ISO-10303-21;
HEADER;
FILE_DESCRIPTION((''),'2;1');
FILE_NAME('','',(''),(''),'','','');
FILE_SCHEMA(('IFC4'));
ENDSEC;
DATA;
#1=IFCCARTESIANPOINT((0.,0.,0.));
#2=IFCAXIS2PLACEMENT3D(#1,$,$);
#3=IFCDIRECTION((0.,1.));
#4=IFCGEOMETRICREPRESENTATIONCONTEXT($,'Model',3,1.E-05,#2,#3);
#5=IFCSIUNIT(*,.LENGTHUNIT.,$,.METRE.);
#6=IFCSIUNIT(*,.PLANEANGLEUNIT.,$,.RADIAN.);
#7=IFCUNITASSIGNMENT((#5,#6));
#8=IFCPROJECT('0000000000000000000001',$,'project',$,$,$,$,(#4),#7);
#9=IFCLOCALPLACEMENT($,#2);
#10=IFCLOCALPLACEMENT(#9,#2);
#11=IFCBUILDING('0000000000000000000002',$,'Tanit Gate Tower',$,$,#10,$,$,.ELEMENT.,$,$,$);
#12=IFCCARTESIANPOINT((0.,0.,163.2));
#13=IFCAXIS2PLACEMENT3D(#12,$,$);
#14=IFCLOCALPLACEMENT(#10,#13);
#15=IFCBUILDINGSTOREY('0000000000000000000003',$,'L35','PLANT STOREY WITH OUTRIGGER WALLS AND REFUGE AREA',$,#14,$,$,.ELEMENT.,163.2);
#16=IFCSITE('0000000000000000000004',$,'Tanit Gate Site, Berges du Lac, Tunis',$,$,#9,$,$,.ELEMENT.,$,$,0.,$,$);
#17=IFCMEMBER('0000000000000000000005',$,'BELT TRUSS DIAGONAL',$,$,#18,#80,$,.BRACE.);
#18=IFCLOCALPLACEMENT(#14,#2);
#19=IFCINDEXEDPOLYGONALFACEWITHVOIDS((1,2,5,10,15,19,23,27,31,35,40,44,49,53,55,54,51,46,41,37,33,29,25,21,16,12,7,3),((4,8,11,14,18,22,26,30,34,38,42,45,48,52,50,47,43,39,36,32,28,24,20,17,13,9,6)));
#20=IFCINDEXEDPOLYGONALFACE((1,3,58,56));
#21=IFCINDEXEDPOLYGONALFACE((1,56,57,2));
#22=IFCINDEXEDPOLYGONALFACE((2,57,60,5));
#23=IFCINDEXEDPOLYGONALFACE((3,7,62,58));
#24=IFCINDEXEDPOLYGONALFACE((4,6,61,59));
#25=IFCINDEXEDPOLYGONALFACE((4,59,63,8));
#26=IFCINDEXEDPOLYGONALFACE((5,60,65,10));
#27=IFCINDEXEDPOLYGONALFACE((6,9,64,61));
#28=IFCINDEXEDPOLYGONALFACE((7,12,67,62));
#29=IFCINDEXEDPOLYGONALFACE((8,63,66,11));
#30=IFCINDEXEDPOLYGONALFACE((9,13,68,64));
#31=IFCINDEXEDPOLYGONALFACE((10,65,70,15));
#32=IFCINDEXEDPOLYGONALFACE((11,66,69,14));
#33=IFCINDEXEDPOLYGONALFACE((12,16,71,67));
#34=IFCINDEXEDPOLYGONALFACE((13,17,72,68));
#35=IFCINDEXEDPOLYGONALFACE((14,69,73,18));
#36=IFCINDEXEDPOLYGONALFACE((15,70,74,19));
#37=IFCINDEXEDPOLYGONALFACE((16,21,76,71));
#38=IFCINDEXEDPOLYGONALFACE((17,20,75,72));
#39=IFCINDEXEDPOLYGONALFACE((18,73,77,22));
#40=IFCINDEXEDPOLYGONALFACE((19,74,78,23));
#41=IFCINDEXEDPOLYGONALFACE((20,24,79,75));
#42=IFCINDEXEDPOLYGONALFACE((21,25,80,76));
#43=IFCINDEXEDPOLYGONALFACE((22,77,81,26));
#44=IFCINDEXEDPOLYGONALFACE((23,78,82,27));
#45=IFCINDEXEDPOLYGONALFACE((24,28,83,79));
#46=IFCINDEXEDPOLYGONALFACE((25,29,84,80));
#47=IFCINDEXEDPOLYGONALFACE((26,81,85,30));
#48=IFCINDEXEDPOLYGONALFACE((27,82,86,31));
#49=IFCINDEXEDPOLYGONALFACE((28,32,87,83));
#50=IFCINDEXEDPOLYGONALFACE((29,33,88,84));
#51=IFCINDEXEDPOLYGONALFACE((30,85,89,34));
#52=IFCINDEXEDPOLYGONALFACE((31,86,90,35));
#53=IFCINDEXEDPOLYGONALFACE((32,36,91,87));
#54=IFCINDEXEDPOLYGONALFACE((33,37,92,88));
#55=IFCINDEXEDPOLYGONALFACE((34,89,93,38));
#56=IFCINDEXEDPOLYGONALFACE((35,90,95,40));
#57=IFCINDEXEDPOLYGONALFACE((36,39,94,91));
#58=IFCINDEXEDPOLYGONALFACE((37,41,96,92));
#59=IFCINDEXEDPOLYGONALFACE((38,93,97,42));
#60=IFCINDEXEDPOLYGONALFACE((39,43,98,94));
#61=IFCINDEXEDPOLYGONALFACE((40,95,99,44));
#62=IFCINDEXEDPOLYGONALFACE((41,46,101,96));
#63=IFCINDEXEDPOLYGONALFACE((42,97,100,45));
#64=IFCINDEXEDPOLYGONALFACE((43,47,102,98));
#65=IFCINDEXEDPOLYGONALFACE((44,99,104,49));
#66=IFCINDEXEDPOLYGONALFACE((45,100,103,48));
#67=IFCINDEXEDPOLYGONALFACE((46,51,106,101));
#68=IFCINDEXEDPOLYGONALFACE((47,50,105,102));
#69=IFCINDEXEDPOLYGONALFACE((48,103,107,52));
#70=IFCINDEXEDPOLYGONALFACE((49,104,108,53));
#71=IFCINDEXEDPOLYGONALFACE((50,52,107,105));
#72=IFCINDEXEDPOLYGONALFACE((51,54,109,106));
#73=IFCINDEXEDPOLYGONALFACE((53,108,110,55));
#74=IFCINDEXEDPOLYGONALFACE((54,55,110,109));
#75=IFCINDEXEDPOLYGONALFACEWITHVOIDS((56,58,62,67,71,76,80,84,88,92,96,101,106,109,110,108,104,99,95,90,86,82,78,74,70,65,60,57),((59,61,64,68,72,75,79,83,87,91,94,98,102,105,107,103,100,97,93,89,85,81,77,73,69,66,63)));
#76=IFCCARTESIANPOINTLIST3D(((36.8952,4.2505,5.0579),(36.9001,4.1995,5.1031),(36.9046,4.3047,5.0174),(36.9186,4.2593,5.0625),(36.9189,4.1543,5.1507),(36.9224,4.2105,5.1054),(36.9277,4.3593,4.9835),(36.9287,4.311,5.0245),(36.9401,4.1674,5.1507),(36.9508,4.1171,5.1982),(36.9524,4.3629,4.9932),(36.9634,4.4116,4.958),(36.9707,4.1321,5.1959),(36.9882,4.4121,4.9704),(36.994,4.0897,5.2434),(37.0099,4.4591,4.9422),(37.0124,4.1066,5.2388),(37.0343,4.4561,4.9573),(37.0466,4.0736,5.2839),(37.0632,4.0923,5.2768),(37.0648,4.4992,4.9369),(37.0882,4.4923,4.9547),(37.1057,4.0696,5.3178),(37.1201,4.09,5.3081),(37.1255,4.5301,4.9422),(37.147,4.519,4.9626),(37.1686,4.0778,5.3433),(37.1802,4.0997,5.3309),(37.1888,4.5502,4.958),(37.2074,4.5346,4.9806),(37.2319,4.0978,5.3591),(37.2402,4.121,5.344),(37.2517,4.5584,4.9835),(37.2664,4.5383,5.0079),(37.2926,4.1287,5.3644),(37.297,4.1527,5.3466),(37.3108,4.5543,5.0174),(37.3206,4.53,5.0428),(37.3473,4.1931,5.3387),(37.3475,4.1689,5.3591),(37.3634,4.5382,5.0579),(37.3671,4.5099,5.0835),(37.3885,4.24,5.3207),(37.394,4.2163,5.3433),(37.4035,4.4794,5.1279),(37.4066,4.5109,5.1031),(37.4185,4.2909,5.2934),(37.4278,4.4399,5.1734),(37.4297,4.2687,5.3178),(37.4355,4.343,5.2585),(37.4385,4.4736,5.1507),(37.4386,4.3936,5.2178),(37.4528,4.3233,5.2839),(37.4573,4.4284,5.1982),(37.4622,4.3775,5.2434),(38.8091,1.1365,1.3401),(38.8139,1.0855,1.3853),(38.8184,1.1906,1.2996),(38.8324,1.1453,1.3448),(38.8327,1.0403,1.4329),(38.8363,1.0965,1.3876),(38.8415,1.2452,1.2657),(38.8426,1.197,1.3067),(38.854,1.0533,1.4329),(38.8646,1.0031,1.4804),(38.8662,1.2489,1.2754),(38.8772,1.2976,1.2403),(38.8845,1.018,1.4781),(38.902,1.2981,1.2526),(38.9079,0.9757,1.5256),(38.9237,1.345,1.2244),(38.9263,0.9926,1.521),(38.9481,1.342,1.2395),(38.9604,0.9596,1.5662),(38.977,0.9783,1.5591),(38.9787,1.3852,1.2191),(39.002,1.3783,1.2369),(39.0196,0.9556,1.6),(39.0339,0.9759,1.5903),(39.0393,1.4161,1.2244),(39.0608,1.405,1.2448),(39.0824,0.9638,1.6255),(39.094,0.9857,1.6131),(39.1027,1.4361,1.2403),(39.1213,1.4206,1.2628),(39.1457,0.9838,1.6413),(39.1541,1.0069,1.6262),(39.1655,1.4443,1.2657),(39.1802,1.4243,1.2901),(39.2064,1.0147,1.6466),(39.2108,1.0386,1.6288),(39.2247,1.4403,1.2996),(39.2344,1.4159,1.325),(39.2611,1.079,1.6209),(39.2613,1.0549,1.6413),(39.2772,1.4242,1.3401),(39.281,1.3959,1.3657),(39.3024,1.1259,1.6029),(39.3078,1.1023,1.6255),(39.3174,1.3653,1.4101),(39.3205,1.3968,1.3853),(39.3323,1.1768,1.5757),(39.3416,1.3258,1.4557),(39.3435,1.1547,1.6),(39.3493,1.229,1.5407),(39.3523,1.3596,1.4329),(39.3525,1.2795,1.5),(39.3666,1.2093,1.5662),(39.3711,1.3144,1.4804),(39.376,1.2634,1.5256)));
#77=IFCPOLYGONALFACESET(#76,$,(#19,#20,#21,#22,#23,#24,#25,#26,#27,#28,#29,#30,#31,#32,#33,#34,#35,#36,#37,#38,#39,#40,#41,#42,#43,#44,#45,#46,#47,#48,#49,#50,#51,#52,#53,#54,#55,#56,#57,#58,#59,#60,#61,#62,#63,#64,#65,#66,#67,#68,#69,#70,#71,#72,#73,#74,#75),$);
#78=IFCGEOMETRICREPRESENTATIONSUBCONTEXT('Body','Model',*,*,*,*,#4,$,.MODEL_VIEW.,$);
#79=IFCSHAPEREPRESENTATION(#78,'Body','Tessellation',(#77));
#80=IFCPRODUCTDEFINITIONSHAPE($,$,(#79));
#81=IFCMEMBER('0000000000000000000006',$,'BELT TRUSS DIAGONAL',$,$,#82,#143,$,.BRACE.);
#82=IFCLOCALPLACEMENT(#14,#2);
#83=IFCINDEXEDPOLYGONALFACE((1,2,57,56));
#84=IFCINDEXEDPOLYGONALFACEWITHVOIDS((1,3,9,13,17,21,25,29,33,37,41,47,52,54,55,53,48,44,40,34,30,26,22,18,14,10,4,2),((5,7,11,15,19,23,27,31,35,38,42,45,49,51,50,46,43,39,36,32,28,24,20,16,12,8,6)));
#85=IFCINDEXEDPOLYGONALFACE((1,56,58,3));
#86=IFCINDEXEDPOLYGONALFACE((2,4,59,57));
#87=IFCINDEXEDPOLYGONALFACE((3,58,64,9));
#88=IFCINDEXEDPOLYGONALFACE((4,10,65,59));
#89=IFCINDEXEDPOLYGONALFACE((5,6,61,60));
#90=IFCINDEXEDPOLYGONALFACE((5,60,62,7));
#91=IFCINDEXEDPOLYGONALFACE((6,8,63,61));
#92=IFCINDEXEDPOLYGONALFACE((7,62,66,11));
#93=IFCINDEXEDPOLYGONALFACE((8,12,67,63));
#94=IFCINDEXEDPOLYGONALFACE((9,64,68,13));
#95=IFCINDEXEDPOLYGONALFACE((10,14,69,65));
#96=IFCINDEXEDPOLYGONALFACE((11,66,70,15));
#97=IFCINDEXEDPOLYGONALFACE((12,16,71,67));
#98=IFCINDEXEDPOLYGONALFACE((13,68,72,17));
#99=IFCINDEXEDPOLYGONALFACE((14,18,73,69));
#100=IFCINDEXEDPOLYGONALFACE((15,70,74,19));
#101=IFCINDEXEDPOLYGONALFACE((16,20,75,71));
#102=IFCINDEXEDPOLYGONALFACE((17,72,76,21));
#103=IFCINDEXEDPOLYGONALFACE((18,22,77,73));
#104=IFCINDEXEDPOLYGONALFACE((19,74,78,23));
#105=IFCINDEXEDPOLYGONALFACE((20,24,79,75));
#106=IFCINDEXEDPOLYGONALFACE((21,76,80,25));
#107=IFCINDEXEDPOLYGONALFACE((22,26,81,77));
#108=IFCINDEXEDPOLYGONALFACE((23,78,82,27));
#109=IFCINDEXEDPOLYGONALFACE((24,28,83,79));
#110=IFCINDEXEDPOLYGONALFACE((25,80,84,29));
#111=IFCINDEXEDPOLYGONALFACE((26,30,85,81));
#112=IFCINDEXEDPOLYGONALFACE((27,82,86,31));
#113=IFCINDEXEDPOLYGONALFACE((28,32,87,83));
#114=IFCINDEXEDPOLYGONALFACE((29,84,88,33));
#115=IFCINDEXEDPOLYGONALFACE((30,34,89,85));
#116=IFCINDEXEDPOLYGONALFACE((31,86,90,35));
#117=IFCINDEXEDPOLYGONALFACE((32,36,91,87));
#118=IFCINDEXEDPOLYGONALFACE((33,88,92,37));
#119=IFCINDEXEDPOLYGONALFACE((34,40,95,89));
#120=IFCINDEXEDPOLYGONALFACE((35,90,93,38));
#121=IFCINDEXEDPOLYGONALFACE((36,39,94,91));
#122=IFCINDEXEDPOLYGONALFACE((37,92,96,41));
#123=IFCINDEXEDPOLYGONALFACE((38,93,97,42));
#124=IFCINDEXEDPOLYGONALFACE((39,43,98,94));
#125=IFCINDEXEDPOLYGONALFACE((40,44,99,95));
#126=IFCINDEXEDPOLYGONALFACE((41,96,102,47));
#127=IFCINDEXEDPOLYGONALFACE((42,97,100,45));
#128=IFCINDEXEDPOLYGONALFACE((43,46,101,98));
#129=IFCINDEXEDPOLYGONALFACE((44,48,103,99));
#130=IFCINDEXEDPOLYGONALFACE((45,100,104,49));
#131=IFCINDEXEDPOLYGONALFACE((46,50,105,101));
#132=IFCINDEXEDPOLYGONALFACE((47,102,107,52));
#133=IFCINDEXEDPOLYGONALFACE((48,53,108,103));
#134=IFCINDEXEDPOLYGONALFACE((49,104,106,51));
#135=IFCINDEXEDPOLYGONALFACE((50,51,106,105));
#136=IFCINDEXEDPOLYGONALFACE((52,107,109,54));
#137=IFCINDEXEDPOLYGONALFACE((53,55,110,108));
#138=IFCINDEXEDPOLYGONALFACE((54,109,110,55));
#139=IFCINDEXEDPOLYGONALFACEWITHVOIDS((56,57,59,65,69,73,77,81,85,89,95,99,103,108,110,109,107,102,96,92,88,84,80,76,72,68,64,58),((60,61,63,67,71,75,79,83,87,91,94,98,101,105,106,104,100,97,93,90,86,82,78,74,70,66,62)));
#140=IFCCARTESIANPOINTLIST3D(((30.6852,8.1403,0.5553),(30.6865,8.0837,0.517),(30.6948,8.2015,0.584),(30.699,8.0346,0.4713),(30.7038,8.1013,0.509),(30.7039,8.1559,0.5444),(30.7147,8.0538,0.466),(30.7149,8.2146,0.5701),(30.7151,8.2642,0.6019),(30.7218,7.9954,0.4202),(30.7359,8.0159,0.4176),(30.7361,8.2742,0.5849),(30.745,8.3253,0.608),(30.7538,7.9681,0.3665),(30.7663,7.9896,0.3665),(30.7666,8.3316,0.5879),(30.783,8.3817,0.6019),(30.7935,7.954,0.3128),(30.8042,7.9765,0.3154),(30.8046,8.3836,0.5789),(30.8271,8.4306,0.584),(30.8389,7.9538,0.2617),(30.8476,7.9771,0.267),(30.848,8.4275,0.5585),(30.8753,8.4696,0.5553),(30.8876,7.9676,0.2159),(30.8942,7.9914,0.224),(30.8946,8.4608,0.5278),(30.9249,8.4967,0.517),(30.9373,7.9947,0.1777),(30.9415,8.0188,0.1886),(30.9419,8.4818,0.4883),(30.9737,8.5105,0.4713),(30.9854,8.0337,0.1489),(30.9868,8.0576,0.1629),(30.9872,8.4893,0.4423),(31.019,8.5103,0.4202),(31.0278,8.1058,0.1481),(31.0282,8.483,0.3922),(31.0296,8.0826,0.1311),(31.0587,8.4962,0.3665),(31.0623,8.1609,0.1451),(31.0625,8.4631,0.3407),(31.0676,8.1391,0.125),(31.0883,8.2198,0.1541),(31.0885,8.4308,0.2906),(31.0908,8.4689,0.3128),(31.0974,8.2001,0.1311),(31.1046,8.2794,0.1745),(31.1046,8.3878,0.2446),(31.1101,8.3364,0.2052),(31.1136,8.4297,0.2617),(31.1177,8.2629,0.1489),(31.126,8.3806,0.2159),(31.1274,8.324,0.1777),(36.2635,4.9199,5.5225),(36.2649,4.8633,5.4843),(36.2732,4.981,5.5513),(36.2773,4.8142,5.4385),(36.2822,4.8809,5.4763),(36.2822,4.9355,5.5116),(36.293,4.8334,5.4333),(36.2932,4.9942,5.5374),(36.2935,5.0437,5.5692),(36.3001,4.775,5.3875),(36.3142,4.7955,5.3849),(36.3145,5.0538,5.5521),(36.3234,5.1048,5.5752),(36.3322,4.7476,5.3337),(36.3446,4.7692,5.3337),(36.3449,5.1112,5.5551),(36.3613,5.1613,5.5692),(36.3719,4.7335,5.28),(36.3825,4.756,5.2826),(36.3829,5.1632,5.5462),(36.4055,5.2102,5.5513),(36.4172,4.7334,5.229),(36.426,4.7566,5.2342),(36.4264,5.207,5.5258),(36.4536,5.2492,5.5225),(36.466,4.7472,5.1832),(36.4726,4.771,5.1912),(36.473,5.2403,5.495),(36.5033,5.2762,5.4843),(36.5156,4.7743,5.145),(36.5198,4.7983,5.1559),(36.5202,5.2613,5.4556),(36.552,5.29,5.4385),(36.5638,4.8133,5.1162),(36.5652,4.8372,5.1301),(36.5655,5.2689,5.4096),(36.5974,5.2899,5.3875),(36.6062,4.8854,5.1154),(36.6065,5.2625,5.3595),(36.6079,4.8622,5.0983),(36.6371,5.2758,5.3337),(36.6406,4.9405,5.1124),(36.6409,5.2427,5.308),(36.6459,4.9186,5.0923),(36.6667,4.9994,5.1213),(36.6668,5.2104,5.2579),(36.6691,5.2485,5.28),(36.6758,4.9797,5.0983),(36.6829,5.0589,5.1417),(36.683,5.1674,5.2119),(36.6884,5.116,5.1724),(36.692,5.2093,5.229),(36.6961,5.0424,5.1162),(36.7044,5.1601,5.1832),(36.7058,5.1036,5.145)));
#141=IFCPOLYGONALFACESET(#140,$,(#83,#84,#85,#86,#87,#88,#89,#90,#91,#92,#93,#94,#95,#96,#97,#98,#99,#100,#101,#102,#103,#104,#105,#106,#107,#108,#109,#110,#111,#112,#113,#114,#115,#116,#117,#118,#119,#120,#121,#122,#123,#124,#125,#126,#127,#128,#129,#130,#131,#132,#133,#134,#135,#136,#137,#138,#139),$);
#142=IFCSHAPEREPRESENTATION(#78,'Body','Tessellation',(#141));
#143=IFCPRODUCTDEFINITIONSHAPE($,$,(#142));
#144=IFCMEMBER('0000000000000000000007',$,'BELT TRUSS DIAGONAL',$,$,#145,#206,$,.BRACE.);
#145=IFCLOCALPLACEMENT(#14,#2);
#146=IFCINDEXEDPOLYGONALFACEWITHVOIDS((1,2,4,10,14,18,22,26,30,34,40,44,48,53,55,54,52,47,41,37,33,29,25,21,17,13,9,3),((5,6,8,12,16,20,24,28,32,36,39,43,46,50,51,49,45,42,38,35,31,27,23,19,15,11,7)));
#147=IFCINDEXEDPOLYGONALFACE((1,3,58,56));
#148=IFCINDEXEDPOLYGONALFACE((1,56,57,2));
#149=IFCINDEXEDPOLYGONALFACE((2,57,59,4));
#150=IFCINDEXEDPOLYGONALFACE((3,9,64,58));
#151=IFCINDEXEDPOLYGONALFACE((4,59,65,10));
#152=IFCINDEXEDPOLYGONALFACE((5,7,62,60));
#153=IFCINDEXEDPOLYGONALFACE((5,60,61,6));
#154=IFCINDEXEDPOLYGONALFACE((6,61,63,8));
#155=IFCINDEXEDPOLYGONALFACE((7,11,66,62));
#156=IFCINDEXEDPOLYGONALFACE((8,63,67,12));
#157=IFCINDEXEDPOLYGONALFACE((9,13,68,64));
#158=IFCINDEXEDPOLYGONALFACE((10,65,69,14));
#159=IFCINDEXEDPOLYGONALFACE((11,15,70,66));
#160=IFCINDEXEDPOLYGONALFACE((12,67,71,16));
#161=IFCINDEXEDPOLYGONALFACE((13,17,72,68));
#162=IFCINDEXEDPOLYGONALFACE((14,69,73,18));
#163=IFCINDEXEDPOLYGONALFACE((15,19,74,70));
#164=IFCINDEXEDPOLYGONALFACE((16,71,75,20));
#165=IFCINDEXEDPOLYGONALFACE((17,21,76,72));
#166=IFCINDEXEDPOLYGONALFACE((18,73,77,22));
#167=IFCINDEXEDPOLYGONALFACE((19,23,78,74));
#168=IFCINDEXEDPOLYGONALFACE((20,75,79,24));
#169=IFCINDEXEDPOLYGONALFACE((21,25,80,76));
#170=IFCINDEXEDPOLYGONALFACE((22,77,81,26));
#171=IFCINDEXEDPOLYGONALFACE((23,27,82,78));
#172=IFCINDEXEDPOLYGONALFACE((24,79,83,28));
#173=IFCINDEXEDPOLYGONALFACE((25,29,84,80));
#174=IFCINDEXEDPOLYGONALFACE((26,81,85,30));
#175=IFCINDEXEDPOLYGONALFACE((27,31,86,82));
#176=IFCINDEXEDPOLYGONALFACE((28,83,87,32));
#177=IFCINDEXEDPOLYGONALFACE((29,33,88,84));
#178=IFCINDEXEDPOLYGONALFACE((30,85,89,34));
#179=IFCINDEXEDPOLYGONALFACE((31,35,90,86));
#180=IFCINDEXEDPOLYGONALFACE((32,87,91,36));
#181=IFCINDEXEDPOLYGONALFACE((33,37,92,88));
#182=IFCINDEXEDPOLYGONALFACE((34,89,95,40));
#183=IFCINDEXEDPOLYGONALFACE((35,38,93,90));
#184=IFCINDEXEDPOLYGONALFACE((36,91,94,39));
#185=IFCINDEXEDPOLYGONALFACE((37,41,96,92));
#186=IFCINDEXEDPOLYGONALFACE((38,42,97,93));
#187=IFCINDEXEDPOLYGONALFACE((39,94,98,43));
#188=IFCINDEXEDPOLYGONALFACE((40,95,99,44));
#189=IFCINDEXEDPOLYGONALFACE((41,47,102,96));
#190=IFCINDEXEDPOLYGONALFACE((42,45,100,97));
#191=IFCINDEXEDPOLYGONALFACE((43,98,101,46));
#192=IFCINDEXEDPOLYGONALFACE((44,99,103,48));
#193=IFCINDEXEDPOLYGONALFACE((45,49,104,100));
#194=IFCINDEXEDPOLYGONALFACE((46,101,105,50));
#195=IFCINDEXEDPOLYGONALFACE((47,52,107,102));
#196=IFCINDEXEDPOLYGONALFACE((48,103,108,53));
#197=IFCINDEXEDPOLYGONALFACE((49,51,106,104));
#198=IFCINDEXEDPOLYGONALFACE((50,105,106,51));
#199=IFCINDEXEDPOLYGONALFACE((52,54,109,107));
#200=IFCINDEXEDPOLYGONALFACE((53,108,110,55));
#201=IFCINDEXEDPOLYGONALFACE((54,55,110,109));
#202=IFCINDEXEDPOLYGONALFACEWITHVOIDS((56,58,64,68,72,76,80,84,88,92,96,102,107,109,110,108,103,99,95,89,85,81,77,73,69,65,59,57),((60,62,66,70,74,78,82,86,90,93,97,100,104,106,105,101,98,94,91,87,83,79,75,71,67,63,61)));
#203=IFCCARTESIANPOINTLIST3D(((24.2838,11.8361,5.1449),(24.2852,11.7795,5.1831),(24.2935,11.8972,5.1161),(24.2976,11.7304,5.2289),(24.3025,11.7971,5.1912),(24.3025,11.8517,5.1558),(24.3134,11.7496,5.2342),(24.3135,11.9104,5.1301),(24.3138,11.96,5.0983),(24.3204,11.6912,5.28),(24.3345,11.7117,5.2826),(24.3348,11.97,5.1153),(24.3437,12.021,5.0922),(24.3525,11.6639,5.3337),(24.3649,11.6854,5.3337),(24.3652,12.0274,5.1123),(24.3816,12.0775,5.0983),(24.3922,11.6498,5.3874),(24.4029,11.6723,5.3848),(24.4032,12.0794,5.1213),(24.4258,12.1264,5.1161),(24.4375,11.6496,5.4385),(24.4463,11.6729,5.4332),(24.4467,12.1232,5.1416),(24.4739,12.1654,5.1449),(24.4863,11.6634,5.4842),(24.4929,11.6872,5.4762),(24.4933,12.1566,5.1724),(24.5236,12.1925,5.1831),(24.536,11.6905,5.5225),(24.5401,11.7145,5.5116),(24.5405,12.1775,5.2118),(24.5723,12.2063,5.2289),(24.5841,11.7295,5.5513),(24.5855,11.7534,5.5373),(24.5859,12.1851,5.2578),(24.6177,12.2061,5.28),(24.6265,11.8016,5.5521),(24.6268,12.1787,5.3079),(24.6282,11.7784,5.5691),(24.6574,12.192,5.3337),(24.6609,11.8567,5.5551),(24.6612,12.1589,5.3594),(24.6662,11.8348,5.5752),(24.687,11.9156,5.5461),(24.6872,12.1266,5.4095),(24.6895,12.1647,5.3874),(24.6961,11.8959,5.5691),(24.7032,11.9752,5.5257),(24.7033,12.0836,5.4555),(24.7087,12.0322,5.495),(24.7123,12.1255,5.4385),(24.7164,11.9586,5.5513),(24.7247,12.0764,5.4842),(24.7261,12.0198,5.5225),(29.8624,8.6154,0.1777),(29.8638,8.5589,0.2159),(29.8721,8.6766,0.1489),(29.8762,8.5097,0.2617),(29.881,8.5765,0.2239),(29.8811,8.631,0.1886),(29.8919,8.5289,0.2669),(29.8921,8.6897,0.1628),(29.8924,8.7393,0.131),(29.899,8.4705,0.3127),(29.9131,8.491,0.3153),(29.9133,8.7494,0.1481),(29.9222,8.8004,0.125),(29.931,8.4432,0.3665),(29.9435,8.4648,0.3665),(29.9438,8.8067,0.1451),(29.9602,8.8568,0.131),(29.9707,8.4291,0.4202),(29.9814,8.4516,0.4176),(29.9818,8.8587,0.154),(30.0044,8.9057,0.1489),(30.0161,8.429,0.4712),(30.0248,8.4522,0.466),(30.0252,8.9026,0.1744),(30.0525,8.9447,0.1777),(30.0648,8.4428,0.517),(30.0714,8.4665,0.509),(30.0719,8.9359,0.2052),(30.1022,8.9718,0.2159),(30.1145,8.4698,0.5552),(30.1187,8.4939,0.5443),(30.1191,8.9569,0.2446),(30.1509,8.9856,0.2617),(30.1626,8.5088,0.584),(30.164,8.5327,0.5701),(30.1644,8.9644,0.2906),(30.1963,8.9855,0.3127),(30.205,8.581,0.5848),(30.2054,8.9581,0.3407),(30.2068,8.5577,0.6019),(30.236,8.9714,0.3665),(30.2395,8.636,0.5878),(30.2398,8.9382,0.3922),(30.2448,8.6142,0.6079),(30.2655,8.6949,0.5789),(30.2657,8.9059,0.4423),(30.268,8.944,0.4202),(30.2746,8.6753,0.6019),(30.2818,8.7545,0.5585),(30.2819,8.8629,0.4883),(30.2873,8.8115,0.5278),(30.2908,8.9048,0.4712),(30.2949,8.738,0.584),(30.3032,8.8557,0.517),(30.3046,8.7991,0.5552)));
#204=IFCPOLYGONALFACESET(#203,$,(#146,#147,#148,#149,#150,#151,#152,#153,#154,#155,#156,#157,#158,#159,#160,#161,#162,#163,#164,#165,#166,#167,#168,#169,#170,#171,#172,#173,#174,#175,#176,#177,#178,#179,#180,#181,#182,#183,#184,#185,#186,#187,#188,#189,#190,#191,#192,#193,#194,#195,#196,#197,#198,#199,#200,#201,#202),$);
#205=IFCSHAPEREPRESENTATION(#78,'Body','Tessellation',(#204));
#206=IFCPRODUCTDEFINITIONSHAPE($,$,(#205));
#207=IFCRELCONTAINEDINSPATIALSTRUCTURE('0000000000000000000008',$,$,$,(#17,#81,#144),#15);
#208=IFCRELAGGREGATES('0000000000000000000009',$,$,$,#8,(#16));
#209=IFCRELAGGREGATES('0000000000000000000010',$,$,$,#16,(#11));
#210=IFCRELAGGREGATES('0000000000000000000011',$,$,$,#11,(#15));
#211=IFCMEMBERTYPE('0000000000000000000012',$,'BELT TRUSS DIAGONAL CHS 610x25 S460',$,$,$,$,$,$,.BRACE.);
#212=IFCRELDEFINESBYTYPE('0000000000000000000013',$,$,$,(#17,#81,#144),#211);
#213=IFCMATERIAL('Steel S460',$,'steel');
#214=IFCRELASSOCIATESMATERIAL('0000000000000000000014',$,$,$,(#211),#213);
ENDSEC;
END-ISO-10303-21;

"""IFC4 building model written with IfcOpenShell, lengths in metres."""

from ifc_helpers import new_model, si_unit, direction, frame, origin, origin_2d, place, context, subcontext, project, spatial, hollow_circle, extrude, material, material_profile, profile_set, type_object, element, save


model = new_model("IFC4")

# Units and contexts
model_context = context("Model", 3, precision=1e-05, world=origin(), true_north=direction((0.0, 1.0)))
body_context = subcontext(model_context, "Body", "Model", "MODEL_VIEW")
ifc_project = project(units=[si_unit("LENGTHUNIT", "METRE"), si_unit("PLANEANGLEUNIT", "RADIAN")], contexts=[model_context])

# Site, building, storey
site_placement = place(None, origin())
site = spatial("IfcSite", under=ifc_project, at=site_placement, Name="Tanit Gate Site, Berges du Lac, Tunis", CompositionType="ELEMENT", RefElevation=0.0)
building_placement = place(site_placement, origin())
building = spatial("IfcBuilding", under=site, at=building_placement, Name="Tanit Gate Tower", CompositionType="ELEMENT")
storey_placement = place(building_placement, frame((0.0, 0.0, 163.2)))
storey = spatial("IfcBuildingStorey", under=building, at=storey_placement, Name="L35", Description="PLANT STOREY WITH OUTRIGGER WALLS AND REFUGE AREA", CompositionType="ELEMENT", Elevation=163.2)

# Members
ifc_material_1 = material(Name="Steel S460", Category="steel")
ifc_material_profile_1 = material_profile(ifc_material_1, hollow_circle(Radius=0.3049, WallThickness=0.0249, at=origin_2d()), Name="CHS 610x25")
ifc_profile_set_1 = profile_set([ifc_material_profile_1], Name="Steel S460")
member_type = type_object("IfcMemberType", Name="BELT TRUSS DIAGONAL CHS 610x25 S460", PredefinedType="BRACE", material=ifc_profile_set_1)
member_1_placement = place(storey_placement, frame((39.0925, 1.2, 1.4329), z_axis=(-0.367082, 0.597287, 0.713091), x_axis=(-0.851963, -0.523602, 0.0)))
element("IfcMember", 1, at=member_1_placement, inside=storey, type_object=member_type, Name="BELT TRUSS DIAGONAL", PredefinedType="BRACE", context=body_context, shape_type="SweptSolid", body=[
    extrude(hollow_circle(Radius=0.3049, WallThickness=0.0249, at=origin_2d()), origin(), (0.0, 0.0, 1.0), 5.2136),
])
member_2_placement = place(storey_placement, frame((36.4846, 5.0117, 5.3337), z_axis=(-0.685801, 0.395921, -0.610675), x_axis=(-0.499975, -0.86604, 0.0)))
element("IfcMember", 2, at=member_2_placement, inside=storey, type_object=member_type, Name="BELT TRUSS DIAGONAL", PredefinedType="BRACE", context=body_context, shape_type="SweptSolid", body=[
    extrude(hollow_circle(Radius=0.3049, WallThickness=0.0249, at=origin_2d()), origin(), (0.0, 0.0, 1.0), 8.134),
])
for number, where, z_axis, x_axis, name in (
    (3, (30.0835, 8.7073, 0.3665), (-0.685809, 0.395938, 0.610655), (-0.499987, -0.866033, 0.0), "BELT TRUSS DIAGONAL"),
):
    element("IfcMember", number, at=place(storey_placement, frame(where, z_axis=z_axis, x_axis=x_axis)), inside=storey, type_object=member_type, Name=name, PredefinedType="BRACE", context=body_context, shape_type="SweptSolid", body=[
        extrude(hollow_circle(Radius=0.3049, WallThickness=0.0249, at=origin_2d()), origin(), (0.0, 0.0, 1.0), 8.1343),
    ])

save(model, "model.ifc")
